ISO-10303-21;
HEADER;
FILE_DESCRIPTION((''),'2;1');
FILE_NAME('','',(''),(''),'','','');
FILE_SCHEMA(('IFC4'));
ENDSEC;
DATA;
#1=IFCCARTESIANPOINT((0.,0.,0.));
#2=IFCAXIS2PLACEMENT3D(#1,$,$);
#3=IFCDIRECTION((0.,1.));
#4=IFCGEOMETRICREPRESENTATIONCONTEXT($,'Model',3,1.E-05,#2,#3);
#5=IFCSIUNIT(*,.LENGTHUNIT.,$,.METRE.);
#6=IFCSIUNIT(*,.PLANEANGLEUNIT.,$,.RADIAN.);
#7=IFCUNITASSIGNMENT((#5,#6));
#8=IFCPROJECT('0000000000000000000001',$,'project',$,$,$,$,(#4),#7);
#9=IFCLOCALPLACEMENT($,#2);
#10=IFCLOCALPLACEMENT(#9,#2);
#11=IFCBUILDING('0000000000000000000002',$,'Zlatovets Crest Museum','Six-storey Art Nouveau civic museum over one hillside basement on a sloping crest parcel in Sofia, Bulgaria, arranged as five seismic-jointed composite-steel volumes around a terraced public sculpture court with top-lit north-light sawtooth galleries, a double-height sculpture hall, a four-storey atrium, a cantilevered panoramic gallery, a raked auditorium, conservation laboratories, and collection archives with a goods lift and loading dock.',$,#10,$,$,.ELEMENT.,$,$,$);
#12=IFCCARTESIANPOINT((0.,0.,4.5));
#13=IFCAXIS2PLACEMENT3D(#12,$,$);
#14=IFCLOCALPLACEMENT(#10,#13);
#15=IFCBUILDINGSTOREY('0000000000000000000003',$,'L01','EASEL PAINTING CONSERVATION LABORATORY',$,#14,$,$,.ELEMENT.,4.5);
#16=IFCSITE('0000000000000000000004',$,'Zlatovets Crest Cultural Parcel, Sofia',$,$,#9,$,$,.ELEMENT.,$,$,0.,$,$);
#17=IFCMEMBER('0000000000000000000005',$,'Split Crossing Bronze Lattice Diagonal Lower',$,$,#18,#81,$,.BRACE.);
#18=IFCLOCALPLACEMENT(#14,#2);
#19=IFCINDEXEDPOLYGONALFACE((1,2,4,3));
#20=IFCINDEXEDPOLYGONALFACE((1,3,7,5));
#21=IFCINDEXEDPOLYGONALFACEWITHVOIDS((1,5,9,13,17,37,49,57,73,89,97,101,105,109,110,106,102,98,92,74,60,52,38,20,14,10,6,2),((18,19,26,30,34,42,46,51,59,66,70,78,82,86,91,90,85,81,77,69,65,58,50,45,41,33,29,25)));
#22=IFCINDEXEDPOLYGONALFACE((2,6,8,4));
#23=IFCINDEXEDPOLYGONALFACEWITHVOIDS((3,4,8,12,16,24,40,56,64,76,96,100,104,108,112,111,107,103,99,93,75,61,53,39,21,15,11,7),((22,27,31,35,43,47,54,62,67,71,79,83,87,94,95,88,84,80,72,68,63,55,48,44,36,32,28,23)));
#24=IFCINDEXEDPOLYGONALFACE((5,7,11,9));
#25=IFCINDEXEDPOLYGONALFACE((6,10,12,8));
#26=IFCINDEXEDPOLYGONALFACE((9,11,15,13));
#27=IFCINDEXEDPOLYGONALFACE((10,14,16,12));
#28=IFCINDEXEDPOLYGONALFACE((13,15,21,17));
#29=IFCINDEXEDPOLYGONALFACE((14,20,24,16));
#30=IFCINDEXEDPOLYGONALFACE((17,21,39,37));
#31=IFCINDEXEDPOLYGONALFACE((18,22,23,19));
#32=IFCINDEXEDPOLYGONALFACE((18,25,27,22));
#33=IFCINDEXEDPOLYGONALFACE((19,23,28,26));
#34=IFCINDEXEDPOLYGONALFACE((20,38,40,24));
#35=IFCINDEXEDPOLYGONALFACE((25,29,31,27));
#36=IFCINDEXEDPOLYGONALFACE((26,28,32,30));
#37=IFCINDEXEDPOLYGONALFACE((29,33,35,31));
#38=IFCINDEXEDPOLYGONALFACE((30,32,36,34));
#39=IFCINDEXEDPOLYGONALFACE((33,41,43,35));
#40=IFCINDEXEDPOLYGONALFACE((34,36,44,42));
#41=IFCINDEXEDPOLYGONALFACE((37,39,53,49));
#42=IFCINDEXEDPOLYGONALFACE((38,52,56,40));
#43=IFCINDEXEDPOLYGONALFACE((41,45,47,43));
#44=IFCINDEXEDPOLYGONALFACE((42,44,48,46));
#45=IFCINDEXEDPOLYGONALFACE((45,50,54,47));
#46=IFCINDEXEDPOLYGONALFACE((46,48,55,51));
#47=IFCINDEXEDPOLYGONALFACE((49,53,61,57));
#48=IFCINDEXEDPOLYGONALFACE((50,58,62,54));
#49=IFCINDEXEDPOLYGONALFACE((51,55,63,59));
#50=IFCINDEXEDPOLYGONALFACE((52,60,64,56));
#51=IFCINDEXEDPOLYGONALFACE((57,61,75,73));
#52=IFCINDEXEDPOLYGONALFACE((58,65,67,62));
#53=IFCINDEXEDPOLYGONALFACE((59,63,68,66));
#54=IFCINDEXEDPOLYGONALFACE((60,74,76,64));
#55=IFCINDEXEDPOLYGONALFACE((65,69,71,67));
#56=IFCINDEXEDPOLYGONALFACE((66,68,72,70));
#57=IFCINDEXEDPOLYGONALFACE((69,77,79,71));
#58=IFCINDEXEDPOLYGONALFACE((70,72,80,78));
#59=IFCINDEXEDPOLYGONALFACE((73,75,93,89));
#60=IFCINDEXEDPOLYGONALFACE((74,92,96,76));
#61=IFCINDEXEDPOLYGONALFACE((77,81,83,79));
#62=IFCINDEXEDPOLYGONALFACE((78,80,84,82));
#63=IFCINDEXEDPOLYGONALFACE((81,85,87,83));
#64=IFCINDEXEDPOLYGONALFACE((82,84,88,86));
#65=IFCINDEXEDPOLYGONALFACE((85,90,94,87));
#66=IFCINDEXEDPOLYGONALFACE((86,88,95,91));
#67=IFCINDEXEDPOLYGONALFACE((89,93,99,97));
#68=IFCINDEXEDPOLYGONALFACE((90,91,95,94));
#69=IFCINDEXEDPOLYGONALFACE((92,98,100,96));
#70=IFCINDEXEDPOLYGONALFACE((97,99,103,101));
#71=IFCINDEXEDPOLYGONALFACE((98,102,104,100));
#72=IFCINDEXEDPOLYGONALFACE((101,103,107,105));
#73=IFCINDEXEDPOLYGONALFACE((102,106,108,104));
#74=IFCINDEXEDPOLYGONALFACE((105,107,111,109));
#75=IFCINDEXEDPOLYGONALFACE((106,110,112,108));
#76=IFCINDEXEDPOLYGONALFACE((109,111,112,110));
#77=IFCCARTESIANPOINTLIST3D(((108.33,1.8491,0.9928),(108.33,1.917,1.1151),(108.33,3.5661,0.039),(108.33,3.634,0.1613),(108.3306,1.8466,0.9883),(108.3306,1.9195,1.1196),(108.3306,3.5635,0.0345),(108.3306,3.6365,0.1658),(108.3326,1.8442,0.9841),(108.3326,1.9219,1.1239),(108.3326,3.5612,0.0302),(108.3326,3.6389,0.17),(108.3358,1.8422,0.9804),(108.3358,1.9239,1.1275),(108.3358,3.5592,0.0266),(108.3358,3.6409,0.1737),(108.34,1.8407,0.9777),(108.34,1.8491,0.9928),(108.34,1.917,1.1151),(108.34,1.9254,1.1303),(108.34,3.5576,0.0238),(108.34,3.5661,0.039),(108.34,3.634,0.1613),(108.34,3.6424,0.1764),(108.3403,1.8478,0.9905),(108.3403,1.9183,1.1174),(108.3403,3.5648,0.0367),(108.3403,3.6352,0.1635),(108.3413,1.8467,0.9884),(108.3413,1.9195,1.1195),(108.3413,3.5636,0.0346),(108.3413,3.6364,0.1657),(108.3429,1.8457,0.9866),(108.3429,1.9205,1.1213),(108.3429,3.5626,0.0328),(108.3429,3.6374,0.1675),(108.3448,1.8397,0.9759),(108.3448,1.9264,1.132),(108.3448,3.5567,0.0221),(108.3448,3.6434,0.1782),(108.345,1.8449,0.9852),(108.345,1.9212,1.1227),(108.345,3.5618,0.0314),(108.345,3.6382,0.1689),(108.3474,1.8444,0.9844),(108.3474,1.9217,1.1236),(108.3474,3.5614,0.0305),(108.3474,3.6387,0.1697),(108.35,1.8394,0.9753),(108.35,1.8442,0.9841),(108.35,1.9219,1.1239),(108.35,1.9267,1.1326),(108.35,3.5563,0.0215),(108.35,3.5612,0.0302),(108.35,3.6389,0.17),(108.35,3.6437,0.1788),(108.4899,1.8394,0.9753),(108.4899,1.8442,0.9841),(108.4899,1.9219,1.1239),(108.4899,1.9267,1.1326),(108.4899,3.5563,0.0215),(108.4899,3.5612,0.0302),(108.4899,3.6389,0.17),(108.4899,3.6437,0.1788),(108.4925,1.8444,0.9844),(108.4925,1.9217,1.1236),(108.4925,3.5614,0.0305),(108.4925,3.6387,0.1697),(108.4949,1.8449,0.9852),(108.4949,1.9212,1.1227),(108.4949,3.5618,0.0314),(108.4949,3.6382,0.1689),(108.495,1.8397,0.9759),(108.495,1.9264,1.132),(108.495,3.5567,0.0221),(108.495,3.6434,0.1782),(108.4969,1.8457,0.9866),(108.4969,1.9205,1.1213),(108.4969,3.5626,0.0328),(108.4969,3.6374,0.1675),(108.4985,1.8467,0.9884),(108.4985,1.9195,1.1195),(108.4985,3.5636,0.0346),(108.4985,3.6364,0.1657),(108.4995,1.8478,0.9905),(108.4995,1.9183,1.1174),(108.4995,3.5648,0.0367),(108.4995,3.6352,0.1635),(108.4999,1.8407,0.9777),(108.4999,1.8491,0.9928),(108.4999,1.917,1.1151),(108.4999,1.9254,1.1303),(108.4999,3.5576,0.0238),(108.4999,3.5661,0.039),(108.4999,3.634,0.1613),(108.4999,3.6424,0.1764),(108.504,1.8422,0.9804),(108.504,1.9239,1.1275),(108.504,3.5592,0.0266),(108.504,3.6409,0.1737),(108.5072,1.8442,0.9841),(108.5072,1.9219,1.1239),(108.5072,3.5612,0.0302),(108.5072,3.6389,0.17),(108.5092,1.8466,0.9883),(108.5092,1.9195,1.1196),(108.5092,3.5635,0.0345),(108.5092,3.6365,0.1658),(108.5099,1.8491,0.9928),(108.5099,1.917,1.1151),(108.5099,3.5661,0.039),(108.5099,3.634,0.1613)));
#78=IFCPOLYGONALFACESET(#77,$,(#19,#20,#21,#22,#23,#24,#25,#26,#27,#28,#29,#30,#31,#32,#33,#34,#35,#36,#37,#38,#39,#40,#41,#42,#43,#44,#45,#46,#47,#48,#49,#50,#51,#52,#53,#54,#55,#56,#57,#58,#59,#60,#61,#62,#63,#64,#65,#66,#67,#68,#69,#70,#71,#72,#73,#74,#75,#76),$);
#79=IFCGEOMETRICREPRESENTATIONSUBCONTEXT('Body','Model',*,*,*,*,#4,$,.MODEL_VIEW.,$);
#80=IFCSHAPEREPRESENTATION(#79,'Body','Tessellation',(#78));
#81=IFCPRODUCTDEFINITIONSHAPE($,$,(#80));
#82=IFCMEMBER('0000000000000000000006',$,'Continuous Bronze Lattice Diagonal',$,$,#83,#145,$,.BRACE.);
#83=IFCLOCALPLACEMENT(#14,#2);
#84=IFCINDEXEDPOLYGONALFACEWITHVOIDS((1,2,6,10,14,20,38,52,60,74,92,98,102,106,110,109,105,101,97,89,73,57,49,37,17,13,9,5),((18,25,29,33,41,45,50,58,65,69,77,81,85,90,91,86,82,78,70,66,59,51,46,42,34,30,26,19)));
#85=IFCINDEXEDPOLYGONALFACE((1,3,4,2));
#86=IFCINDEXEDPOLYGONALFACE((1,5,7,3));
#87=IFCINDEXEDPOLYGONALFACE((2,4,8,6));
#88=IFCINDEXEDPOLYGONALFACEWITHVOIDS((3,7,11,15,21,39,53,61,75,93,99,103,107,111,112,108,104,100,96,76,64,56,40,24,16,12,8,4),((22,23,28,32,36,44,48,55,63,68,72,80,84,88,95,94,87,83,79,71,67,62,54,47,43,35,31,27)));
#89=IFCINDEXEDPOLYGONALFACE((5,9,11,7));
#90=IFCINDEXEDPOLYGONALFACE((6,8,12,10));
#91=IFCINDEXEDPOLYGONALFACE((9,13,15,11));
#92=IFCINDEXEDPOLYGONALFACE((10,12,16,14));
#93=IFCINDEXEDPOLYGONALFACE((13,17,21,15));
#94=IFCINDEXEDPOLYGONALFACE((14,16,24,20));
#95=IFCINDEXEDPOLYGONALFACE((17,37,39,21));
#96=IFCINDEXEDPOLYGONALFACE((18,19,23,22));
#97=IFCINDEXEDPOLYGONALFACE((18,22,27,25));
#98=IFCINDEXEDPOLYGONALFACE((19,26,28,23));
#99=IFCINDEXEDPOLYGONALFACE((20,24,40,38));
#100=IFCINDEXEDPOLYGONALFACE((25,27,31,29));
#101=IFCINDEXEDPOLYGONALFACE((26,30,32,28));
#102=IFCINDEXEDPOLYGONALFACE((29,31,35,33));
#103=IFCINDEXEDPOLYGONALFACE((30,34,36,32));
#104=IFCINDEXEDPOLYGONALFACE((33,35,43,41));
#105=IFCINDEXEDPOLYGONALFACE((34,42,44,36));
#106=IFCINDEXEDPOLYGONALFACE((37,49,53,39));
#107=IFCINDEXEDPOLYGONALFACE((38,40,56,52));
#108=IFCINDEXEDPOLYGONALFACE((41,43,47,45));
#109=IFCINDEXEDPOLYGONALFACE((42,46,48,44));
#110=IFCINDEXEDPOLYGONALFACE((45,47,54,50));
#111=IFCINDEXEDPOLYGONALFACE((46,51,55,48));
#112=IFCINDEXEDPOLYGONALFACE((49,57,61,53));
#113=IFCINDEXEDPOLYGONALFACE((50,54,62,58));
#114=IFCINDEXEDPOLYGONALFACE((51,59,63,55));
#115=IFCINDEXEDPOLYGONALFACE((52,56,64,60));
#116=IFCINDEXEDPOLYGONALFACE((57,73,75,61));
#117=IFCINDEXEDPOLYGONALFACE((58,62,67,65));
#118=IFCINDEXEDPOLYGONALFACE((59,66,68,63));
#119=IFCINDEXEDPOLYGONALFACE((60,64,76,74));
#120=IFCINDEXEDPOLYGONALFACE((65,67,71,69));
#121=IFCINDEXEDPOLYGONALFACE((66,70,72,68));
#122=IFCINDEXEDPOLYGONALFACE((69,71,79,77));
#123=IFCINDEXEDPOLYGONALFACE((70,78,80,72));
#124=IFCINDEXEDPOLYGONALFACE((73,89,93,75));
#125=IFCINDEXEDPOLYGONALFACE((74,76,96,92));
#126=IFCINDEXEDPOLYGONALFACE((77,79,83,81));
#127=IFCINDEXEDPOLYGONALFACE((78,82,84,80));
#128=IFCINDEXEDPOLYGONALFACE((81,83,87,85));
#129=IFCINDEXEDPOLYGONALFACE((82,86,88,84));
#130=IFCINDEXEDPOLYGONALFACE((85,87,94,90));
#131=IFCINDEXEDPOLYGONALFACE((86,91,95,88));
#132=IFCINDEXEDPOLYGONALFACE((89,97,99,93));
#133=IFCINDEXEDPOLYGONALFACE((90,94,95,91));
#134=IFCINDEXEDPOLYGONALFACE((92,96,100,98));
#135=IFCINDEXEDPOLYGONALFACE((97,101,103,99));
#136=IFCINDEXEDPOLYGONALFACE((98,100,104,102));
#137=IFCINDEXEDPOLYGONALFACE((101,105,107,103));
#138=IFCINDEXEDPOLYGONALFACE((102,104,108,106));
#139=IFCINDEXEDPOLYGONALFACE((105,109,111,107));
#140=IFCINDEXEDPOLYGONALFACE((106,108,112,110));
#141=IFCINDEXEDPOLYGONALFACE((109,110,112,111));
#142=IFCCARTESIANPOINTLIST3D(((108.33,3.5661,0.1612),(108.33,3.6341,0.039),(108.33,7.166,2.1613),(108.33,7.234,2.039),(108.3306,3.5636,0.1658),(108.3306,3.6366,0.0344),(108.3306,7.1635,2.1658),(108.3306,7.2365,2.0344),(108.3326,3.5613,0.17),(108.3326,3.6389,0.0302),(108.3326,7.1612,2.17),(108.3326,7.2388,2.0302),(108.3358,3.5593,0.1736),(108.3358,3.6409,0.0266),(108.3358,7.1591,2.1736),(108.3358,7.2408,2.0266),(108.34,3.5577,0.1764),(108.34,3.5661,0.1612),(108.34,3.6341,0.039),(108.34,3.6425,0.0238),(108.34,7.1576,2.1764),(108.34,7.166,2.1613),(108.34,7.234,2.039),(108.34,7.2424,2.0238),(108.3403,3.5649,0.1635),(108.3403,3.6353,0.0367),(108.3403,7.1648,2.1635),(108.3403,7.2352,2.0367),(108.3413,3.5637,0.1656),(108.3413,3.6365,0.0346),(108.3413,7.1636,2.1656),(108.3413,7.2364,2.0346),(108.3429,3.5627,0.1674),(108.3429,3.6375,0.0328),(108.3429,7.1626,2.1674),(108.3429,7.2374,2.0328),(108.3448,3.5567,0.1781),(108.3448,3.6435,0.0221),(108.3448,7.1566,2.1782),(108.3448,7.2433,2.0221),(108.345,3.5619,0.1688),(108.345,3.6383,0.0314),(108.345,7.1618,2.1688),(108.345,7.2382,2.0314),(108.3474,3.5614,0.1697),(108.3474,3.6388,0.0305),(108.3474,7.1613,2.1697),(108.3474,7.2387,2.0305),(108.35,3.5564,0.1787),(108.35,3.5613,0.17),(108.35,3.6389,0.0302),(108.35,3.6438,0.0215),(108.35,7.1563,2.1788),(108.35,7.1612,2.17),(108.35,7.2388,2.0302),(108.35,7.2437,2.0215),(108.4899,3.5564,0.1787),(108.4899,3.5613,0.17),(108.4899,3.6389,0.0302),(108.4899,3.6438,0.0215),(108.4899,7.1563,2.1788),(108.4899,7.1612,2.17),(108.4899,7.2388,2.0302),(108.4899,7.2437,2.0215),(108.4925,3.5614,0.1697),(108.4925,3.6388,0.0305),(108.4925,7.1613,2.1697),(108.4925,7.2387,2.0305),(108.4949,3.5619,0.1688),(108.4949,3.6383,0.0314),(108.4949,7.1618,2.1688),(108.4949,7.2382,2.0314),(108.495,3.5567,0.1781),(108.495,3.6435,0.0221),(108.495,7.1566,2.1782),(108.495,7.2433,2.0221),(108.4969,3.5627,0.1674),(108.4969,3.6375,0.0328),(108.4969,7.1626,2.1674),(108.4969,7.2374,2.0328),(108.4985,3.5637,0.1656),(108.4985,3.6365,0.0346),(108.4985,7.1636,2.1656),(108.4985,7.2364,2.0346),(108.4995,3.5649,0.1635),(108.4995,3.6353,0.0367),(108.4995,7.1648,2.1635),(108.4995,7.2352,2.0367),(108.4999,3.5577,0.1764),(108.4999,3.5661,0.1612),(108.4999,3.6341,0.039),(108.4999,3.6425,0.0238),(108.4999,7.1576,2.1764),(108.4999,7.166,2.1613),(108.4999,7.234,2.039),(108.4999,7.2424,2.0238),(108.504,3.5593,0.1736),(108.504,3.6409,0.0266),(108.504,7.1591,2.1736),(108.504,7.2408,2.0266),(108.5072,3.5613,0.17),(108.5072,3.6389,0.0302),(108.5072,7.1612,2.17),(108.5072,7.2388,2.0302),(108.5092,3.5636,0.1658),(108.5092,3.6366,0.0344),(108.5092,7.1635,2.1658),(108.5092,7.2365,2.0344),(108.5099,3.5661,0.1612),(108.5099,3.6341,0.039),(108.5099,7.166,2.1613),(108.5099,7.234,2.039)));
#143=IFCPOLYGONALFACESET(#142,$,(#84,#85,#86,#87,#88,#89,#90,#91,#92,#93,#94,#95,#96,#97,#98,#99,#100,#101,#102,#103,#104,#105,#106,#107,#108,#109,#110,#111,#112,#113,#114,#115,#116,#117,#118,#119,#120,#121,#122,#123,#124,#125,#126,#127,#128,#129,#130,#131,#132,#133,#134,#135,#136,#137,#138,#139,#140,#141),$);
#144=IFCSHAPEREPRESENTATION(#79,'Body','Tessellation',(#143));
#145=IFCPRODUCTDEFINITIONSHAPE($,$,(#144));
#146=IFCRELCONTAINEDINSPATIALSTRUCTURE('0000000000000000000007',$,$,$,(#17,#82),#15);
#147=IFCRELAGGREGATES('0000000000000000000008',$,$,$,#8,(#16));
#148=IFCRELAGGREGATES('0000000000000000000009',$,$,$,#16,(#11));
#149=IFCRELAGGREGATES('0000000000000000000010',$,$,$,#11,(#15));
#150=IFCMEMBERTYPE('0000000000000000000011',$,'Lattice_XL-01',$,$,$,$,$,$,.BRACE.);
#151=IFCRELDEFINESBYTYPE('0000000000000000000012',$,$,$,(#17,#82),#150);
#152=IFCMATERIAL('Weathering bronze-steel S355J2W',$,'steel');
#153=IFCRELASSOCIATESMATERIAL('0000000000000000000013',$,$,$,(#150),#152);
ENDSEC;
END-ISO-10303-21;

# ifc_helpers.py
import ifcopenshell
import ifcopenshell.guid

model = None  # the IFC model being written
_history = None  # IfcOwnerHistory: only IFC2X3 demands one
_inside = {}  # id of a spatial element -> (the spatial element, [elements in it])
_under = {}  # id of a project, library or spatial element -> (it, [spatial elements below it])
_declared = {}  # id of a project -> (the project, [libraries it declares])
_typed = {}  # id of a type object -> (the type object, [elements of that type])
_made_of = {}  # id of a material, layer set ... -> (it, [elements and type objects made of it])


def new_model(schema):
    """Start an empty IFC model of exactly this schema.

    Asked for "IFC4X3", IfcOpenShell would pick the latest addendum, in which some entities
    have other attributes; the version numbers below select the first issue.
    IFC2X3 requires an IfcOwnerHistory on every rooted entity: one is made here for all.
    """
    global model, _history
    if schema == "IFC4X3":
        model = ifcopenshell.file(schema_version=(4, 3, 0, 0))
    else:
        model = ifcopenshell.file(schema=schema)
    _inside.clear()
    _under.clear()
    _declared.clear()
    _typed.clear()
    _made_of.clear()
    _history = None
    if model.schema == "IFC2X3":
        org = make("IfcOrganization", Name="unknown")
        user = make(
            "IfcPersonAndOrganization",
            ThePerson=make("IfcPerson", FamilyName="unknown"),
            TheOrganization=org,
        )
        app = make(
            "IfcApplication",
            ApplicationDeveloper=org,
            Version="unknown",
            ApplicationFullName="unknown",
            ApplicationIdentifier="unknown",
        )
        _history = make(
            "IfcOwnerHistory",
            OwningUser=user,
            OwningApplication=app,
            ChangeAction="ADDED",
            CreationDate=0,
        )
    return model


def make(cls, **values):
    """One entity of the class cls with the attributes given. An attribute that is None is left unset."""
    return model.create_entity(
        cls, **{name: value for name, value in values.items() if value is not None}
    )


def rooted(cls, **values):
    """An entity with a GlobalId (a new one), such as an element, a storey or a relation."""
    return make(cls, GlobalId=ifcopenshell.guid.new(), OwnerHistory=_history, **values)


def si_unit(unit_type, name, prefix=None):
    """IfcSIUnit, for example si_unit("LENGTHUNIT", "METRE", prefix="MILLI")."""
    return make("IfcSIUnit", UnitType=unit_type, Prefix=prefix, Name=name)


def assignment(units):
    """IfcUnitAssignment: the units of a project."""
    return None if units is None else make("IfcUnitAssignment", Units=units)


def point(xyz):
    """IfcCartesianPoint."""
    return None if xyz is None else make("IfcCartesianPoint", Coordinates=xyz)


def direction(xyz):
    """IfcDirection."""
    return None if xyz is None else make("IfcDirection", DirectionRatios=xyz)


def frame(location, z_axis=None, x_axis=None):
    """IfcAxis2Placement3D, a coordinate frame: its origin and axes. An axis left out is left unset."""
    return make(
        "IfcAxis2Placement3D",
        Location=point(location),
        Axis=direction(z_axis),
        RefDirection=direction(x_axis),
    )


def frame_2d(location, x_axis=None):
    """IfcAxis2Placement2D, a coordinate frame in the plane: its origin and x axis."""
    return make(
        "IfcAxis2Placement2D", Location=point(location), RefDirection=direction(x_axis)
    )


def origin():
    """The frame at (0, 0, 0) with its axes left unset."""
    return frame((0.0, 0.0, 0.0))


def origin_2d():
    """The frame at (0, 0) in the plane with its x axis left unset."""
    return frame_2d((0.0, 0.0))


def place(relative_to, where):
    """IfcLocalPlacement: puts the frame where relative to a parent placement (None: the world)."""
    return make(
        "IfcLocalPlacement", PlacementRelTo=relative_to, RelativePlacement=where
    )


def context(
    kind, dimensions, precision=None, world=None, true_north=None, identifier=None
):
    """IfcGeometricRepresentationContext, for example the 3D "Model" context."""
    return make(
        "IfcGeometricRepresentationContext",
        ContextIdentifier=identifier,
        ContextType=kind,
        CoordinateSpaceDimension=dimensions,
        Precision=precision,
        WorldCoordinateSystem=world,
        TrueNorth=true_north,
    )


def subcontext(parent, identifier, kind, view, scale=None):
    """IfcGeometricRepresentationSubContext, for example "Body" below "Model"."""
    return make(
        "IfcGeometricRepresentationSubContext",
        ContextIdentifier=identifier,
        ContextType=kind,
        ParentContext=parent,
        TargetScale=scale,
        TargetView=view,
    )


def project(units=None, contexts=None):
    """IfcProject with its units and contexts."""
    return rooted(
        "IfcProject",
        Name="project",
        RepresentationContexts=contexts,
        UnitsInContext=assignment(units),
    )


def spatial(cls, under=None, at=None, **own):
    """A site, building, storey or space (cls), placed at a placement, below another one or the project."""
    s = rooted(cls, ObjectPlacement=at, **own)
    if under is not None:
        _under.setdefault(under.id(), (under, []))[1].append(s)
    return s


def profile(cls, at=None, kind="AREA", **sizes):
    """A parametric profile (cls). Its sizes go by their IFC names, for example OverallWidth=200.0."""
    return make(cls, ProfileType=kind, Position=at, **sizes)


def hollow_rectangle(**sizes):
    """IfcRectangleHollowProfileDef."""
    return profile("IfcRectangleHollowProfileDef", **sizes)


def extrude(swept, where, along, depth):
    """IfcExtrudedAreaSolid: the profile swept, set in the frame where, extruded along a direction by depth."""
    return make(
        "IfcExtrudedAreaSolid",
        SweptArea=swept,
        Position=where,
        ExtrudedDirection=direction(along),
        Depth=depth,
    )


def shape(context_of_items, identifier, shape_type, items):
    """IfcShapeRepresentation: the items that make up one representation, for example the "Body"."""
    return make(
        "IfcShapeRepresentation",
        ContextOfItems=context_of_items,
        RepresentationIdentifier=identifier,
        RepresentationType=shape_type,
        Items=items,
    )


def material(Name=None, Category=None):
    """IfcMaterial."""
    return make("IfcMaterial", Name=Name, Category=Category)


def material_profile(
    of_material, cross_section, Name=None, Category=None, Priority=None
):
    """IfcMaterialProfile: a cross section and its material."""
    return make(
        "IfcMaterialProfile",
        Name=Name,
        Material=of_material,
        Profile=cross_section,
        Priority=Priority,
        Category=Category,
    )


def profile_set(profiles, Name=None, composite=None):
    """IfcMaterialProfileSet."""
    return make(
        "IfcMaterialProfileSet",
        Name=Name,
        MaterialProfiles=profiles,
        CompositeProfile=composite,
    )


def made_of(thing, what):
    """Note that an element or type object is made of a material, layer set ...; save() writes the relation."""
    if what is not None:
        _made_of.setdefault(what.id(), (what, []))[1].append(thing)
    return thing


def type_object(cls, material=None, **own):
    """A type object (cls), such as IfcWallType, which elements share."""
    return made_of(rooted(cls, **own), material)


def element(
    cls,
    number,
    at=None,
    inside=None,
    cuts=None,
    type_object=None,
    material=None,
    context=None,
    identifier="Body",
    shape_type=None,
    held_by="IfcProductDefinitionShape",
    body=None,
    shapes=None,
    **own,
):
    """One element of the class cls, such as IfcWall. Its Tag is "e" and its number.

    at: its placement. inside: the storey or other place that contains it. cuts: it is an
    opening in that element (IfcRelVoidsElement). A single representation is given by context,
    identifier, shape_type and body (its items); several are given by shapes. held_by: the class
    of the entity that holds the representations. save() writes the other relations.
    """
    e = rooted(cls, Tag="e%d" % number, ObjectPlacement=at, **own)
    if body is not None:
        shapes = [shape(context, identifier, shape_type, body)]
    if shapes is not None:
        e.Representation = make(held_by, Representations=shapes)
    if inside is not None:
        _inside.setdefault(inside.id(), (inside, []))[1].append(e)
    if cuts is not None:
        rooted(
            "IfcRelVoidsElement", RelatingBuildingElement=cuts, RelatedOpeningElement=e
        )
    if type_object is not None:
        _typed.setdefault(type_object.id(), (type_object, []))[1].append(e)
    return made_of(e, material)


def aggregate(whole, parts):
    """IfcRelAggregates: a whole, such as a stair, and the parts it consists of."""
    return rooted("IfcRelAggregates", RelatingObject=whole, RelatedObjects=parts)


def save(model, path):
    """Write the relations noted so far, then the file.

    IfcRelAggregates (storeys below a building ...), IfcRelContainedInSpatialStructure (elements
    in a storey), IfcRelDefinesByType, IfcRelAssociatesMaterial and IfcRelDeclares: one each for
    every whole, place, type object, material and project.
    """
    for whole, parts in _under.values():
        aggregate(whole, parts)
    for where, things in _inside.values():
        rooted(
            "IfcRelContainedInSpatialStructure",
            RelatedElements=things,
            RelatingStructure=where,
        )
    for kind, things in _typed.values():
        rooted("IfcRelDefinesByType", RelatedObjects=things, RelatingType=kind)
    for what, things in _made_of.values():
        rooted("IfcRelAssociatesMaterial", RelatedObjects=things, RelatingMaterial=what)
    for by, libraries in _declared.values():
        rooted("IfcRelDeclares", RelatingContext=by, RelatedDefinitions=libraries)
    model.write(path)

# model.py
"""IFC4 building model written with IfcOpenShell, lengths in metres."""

from ifc_helpers import new_model, si_unit, direction, frame, origin, origin_2d, place, context, subcontext, project, spatial, hollow_rectangle, extrude, material, material_profile, profile_set, type_object, element, save


model = new_model("IFC4")

# Units and contexts
model_context = context("Model", 3, precision=1e-05, world=origin(), true_north=direction((0.0, 1.0)))
body_context = subcontext(model_context, "Body", "Model", "MODEL_VIEW")
ifc_project = project(units=[si_unit("LENGTHUNIT", "METRE"), si_unit("PLANEANGLEUNIT", "RADIAN")], contexts=[model_context])

# Site, building, storey
site_placement = place(None, origin())
site = spatial("IfcSite", under=ifc_project, at=site_placement, Name="Zlatovets Crest Cultural Parcel, Sofia", CompositionType="ELEMENT", RefElevation=0.0)
building_placement = place(site_placement, origin())
building = spatial("IfcBuilding", under=site, at=building_placement, Name="Zlatovets Crest Museum", Description="Six-storey Art Nouveau civic museum over one hillside basement on a sloping crest parcel in Sofia, Bulgaria, arranged as five seismic-jointed composite-steel volumes around a terraced public sculpture court with top-lit north-light sawtooth galleries, a double-height sculpture hall, a four-storey atrium, a cantilevered panoramic gallery, a raked auditorium, conservation laboratories, and collection archives with a goods lift and loading dock.", CompositionType="ELEMENT")
storey_placement = place(building_placement, frame((0.0, 0.0, 4.5)))
storey = spatial("IfcBuildingStorey", under=building, at=storey_placement, Name="L01", Description="EASEL PAINTING CONSERVATION LABORATORY", CompositionType="ELEMENT", Elevation=4.5)

# Members
ifc_material_1 = material(Name="Weathering bronze-steel S355J2W", Category="steel")
ifc_material_profile_1 = material_profile(ifc_material_1, hollow_rectangle(XDim=0.1799, YDim=0.1799, WallThickness=0.01, InnerFilletRadius=0.01, OuterFilletRadius=0.02, at=origin_2d()), Name="SHS 180x180x10.0")
ifc_profile_set_1 = profile_set([ifc_material_profile_1], Name="Weathering bronze-steel S355J2W")
member_type_1 = type_object("IfcMemberType", Name="Lattice_XL-01", PredefinedType="BRACE", material=ifc_profile_set_1)
member_1_placement = place(storey_placement, frame((108.4199, 1.8831, 1.054), z_axis=(0.0, 0.874169, -0.485622), x_axis=(-1.0, 0.0, 0.0)))
element("IfcMember", 1, at=member_1_placement, inside=storey, type_object=member_type_1, Name="Split Crossing Bronze Lattice Diagonal Lower", PredefinedType="BRACE", context=body_context, shape_type="SweptSolid", body=[
    extrude(hollow_rectangle(XDim=0.1799, YDim=0.1799, WallThickness=0.01, InnerFilletRadius=0.01, OuterFilletRadius=0.02, at=origin_2d()), origin(), (0.0, 0.0, 1.0), 1.9641),
])
member_2_placement = place(storey_placement, frame((108.4199, 3.6001, 0.1001), z_axis=(0.0, 0.874149, 0.485658), x_axis=(-1.0, 0.0, 0.0)))
element("IfcMember", 2, at=member_2_placement, inside=storey, type_object=member_type_1, Name="Continuous Bronze Lattice Diagonal", PredefinedType="BRACE", context=body_context, shape_type="SweptSolid", body=[
    extrude(hollow_rectangle(XDim=0.1799, YDim=0.1799, WallThickness=0.01, InnerFilletRadius=0.01, OuterFilletRadius=0.02, at=origin_2d()), origin(), (0.0, 0.0, 1.0), 4.1182),
])

save(model, "model.ifc")
